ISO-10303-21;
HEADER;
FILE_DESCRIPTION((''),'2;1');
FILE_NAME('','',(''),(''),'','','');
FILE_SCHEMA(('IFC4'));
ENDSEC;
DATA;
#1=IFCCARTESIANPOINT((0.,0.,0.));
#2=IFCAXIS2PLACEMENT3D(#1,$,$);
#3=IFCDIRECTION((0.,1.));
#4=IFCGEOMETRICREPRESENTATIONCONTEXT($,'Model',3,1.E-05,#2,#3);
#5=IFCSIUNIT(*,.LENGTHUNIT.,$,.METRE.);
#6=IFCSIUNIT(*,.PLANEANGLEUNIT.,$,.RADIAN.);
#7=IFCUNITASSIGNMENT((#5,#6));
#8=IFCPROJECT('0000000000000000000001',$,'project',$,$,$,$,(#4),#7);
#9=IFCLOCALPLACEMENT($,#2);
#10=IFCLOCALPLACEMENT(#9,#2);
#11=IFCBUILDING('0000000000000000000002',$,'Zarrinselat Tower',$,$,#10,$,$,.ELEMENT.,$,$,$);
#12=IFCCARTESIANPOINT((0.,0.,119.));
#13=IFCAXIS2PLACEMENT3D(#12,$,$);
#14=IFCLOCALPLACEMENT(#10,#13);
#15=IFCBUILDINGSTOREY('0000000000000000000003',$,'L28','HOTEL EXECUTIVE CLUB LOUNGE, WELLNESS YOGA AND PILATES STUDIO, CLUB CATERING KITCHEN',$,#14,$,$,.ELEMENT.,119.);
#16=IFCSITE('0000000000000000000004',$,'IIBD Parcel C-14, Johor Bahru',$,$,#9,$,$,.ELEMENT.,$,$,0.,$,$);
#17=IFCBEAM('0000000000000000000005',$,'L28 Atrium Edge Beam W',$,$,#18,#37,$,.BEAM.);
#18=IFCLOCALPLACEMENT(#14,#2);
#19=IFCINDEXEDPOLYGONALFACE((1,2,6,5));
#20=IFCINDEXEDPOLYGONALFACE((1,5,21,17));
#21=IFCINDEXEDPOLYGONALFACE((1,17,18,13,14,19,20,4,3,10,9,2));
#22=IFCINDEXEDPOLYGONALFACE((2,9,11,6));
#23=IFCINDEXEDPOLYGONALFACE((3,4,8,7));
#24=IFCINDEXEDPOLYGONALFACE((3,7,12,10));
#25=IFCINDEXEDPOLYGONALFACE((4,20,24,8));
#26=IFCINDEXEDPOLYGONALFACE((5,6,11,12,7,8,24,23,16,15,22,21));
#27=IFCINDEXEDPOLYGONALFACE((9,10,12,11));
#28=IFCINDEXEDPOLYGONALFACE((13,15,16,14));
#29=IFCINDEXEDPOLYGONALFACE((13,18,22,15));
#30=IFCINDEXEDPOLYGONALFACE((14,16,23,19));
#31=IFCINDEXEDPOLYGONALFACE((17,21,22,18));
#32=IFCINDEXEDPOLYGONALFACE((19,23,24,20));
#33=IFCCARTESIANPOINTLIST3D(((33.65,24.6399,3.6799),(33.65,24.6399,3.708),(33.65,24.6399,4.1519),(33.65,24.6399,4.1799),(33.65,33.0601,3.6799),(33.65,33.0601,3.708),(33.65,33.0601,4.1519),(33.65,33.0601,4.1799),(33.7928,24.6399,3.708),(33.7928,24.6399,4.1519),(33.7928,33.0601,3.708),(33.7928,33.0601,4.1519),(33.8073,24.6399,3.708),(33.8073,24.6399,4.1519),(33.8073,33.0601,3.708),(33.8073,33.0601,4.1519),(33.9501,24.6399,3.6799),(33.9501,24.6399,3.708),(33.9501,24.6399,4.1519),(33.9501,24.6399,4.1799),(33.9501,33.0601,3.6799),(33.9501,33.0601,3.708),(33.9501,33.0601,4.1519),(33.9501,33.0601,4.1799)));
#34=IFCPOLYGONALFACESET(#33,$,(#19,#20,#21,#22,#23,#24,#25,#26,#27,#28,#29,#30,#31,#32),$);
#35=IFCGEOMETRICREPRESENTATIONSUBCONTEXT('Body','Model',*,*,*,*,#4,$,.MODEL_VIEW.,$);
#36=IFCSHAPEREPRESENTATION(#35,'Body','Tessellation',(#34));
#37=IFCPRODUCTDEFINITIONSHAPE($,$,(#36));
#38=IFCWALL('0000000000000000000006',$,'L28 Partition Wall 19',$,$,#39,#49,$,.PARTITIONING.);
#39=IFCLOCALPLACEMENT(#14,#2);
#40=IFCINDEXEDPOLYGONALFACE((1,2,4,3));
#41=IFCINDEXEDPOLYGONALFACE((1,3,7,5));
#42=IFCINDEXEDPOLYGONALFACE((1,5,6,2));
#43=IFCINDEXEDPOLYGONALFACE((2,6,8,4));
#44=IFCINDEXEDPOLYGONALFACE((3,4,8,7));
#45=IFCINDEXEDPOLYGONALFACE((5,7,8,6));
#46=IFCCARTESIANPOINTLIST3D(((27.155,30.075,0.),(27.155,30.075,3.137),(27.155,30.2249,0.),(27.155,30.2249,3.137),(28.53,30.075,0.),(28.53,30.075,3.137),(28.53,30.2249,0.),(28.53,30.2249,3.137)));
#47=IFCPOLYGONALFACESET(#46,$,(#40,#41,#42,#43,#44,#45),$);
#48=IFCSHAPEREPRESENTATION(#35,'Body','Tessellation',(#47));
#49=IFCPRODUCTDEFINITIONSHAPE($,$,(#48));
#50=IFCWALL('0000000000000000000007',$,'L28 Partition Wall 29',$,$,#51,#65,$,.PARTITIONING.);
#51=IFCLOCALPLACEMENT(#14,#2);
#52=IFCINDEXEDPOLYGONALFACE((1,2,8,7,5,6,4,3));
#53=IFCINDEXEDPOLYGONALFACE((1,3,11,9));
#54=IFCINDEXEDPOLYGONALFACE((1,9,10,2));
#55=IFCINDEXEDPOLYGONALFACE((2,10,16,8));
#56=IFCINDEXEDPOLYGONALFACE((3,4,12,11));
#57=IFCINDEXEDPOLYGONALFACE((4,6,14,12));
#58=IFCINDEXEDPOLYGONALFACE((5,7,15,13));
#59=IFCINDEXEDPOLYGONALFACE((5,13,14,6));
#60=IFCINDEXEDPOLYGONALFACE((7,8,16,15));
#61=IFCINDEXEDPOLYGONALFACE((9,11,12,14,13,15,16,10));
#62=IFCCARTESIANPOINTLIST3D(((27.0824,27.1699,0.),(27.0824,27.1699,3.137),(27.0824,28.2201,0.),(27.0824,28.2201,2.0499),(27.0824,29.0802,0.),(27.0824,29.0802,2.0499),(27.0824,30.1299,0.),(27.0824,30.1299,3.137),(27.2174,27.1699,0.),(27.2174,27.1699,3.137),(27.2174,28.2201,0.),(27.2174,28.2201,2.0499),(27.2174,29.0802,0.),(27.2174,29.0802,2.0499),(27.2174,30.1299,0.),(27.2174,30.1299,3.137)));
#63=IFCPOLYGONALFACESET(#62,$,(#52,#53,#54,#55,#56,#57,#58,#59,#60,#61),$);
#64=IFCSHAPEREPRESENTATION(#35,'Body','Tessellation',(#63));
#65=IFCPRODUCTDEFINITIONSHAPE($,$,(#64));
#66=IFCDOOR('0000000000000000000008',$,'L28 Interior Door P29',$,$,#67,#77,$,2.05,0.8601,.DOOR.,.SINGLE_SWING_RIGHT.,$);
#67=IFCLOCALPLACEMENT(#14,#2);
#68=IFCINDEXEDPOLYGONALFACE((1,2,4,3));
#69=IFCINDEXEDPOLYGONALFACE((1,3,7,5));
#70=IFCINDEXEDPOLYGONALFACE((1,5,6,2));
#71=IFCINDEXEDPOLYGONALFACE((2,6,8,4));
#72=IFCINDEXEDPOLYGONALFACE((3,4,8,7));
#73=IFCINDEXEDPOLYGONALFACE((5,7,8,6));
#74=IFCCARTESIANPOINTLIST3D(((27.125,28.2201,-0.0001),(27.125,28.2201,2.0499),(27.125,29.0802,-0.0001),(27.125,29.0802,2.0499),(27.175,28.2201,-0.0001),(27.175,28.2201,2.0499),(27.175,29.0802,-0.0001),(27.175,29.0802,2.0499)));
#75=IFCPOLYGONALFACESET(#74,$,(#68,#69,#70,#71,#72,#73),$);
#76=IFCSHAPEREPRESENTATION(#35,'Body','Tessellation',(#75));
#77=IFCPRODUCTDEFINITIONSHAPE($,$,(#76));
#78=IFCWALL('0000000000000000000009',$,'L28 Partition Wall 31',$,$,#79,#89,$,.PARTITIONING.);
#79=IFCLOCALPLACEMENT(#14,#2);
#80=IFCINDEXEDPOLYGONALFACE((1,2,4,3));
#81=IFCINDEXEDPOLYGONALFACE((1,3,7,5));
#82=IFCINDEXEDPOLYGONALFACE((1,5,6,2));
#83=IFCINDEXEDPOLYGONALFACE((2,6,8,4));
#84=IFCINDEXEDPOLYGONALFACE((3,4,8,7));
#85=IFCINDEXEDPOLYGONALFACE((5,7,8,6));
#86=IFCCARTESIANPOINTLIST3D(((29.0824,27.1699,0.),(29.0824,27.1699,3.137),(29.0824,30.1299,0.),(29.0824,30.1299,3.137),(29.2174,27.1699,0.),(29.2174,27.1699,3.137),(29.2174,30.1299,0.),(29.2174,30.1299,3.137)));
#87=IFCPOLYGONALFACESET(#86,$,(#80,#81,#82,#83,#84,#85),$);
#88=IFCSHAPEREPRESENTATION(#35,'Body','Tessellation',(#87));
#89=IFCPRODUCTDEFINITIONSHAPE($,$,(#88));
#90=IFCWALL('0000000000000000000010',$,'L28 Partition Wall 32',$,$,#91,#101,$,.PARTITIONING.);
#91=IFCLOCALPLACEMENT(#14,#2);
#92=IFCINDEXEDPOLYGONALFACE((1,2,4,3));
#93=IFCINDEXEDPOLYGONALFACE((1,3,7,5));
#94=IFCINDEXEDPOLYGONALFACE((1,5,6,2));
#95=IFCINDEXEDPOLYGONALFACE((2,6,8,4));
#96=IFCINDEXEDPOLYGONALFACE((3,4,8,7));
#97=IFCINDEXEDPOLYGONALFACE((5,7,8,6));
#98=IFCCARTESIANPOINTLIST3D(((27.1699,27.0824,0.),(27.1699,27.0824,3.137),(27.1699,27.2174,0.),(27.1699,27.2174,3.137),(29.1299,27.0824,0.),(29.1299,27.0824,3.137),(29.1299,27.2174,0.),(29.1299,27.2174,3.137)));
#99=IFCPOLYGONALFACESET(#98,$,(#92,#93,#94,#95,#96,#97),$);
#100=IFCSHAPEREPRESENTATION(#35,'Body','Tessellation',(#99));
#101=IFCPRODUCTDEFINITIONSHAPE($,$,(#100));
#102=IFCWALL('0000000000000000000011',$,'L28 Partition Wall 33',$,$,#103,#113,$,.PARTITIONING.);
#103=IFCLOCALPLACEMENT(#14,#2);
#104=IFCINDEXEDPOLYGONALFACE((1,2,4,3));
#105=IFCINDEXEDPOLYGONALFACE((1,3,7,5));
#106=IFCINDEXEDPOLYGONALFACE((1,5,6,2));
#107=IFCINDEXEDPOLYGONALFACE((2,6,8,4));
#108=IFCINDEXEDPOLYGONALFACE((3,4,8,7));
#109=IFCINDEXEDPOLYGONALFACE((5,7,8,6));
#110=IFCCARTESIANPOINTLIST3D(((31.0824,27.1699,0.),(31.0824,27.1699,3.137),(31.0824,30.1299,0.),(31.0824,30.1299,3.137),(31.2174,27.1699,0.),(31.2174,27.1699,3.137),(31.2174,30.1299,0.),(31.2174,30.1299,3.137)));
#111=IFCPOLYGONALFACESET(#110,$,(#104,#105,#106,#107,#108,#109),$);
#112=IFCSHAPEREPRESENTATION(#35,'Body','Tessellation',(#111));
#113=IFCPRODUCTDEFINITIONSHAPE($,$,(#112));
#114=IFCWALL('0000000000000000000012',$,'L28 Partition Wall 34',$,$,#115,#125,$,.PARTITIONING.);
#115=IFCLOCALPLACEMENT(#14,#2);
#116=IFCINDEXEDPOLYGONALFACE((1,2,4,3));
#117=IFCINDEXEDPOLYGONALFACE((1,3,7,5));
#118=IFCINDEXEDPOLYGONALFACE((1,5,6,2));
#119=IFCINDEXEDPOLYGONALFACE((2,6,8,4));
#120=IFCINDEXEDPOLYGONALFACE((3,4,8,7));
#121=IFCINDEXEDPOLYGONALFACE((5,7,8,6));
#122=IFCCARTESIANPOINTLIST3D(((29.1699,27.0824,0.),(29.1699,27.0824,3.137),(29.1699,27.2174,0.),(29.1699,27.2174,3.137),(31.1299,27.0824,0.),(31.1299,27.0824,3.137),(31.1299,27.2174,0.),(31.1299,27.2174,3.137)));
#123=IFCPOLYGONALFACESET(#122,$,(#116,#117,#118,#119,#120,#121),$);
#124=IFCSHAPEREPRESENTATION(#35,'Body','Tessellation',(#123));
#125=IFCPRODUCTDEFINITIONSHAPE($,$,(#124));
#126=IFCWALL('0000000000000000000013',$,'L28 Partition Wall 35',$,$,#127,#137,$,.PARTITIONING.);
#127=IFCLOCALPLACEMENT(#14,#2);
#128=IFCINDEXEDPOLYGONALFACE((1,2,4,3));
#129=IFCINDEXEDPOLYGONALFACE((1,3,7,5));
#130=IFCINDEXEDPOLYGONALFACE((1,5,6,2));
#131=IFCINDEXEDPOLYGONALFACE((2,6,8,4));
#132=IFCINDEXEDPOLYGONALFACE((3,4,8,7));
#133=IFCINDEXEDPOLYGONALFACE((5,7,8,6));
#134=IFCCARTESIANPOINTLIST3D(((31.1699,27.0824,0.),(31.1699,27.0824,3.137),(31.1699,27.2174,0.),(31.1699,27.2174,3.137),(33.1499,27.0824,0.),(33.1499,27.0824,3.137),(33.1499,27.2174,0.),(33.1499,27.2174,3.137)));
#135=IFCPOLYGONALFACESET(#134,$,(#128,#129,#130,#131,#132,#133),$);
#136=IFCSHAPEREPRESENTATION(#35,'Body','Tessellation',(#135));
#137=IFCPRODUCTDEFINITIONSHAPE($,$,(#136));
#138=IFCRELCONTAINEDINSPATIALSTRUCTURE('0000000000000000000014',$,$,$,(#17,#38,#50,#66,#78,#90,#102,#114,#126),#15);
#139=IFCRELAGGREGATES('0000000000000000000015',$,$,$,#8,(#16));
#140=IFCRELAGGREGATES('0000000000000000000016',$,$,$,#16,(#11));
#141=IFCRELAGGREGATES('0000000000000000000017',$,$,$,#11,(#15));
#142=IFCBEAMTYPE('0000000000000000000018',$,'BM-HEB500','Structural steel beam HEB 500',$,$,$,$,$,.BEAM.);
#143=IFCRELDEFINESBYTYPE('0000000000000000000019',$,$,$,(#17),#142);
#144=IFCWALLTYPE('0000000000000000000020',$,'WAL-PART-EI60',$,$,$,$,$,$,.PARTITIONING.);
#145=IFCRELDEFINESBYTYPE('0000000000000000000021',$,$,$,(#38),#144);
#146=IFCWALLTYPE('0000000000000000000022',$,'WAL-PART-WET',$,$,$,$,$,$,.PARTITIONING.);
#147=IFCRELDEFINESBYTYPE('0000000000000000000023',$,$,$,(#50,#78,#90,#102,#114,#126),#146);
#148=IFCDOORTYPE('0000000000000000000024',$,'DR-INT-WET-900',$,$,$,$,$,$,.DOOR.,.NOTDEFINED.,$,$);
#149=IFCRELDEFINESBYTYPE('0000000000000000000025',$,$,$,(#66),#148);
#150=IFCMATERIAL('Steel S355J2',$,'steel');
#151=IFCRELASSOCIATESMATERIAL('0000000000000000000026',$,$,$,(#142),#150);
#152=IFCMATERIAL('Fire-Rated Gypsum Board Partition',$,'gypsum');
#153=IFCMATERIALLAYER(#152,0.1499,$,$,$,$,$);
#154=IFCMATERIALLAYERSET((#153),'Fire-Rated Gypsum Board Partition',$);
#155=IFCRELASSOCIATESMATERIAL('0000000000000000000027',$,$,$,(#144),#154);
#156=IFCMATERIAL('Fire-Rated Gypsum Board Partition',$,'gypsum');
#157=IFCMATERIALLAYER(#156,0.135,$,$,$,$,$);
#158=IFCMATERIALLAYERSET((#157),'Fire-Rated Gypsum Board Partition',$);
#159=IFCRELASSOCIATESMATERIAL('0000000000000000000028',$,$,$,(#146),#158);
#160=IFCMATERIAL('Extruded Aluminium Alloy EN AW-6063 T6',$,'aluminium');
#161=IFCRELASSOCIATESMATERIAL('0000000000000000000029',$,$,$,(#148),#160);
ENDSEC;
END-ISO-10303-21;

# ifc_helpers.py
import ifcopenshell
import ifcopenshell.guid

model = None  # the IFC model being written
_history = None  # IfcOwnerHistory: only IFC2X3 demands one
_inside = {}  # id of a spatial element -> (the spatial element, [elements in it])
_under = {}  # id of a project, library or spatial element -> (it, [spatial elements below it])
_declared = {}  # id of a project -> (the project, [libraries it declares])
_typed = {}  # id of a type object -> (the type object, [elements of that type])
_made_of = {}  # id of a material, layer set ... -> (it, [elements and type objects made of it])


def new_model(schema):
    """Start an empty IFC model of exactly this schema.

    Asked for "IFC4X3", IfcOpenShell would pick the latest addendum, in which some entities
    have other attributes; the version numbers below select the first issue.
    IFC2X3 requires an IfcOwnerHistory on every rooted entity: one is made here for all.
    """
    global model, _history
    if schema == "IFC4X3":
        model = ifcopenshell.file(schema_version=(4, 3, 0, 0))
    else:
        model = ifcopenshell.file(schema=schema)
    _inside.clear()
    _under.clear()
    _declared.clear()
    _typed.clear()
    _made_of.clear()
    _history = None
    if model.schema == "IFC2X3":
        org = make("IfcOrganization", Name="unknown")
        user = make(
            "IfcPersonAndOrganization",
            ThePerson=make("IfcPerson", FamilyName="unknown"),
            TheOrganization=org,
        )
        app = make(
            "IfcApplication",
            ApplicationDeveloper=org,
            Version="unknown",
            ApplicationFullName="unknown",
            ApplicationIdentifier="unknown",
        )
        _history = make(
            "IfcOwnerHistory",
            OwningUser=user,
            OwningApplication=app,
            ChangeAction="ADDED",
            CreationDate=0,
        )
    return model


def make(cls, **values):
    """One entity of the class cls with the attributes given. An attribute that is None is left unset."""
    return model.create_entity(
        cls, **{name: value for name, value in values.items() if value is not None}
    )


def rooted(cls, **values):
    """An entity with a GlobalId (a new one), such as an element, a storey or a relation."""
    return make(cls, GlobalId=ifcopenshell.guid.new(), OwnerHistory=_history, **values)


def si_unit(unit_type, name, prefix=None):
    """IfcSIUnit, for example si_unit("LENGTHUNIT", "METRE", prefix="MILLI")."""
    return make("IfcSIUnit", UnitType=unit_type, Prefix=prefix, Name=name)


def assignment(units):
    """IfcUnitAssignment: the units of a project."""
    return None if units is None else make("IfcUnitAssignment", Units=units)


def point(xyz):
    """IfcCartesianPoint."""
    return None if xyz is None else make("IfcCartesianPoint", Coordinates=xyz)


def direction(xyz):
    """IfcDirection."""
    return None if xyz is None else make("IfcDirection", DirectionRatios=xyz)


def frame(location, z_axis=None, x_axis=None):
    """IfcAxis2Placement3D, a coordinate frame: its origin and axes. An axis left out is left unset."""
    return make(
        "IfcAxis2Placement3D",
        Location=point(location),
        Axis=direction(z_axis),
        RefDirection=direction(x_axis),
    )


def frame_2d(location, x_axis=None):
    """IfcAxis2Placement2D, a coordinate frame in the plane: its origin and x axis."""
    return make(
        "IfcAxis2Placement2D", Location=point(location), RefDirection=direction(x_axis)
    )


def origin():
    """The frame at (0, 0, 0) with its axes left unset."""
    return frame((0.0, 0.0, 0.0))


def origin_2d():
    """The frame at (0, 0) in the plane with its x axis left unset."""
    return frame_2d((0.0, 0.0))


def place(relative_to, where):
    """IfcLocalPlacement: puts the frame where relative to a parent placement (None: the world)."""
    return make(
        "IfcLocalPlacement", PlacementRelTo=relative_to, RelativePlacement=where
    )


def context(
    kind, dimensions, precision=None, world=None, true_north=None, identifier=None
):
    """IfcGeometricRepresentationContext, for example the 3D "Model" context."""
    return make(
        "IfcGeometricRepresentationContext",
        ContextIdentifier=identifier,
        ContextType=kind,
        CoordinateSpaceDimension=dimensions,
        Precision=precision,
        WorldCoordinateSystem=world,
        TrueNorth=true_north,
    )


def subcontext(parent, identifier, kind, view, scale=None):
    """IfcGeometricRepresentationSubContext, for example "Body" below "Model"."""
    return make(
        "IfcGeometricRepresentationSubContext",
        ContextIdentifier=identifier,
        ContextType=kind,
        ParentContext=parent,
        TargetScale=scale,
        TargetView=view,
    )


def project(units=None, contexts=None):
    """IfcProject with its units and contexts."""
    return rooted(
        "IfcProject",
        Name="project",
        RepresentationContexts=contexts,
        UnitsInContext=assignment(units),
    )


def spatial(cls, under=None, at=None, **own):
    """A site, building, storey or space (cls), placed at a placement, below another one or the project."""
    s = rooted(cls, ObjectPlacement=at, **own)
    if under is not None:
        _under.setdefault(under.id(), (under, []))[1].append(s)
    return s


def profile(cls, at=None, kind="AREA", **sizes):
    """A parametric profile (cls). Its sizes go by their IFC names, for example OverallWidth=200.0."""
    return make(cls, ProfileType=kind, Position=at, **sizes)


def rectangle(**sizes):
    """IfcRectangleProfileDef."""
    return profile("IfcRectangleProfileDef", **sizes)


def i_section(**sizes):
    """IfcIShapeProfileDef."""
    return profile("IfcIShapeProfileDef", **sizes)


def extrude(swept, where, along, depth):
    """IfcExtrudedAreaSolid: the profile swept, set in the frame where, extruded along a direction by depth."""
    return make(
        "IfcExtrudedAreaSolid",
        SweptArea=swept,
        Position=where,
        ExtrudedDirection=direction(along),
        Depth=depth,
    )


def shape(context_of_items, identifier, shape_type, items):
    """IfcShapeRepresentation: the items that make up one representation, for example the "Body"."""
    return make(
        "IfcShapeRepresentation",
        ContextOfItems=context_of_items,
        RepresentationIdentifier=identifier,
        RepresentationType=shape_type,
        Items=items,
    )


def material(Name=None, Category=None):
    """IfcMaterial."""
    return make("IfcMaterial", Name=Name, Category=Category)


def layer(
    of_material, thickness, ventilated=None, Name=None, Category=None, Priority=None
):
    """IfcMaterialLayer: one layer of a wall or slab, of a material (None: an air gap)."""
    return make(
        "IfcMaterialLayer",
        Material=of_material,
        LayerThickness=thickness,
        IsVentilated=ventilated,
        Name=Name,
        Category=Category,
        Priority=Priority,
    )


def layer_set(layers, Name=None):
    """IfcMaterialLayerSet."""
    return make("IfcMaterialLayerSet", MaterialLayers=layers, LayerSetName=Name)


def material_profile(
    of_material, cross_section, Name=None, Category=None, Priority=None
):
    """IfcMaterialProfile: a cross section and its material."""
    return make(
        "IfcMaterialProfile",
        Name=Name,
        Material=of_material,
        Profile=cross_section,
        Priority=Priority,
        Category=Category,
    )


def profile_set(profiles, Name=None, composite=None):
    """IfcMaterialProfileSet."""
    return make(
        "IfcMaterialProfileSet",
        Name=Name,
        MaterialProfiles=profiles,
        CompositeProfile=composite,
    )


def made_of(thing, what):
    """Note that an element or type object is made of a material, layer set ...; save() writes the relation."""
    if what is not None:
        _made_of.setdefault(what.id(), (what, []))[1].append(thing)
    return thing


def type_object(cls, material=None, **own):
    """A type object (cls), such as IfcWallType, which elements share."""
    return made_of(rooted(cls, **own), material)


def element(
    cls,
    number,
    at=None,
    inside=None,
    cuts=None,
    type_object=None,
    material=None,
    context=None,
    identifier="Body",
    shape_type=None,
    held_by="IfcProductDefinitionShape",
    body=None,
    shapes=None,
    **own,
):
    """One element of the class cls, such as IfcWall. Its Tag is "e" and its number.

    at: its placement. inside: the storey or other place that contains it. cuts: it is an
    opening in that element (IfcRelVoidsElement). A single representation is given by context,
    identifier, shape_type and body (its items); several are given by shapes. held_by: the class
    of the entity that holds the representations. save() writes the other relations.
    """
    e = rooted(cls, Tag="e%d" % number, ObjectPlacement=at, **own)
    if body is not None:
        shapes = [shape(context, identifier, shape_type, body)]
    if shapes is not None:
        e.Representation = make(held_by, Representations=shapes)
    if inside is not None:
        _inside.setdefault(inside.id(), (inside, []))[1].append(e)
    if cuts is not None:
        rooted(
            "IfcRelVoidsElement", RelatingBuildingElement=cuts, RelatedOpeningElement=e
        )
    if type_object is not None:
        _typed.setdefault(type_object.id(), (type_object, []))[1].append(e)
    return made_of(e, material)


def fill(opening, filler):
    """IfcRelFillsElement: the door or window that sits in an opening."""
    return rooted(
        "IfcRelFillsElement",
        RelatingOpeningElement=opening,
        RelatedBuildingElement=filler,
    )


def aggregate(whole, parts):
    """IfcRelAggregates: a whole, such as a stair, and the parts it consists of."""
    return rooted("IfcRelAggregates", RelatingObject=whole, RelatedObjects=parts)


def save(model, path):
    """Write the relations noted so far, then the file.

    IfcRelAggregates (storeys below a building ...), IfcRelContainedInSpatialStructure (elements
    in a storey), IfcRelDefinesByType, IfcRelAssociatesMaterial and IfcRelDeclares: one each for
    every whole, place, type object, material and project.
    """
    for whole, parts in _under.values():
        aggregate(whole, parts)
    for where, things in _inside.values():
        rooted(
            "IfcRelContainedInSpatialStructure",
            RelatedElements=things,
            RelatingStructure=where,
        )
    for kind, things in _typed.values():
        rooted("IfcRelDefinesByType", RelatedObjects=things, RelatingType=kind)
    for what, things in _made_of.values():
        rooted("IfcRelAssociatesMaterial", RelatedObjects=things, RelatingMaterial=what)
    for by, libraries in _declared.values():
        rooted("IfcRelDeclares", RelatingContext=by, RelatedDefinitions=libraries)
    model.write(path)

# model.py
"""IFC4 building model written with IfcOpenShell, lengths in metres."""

from ifc_helpers import new_model, si_unit, direction, frame, frame_2d, origin, origin_2d, place, context, subcontext, project, spatial, rectangle, i_section, extrude, material, layer, layer_set, material_profile, profile_set, type_object, element, fill, save


model = new_model("IFC4")

# Units and contexts
model_context = context("Model", 3, precision=1e-05, world=origin(), true_north=direction((0.0, 1.0)))
body_context = subcontext(model_context, "Body", "Model", "MODEL_VIEW")
ifc_project = project(units=[si_unit("LENGTHUNIT", "METRE"), si_unit("PLANEANGLEUNIT", "RADIAN")], contexts=[model_context])

# Site, building, storey
site_placement = place(None, origin())
site = spatial("IfcSite", under=ifc_project, at=site_placement, Name="IIBD Parcel C-14, Johor Bahru", CompositionType="ELEMENT", RefElevation=0.0)
building_placement = place(site_placement, origin())
building = spatial("IfcBuilding", under=site, at=building_placement, Name="Zarrinselat Tower", CompositionType="ELEMENT")
storey_placement = place(building_placement, frame((0.0, 0.0, 119.0)))
storey = spatial("IfcBuildingStorey", under=building, at=storey_placement, Name="L28", Description="HOTEL EXECUTIVE CLUB LOUNGE, WELLNESS YOGA AND PILATES STUDIO, CLUB CATERING KITCHEN", CompositionType="ELEMENT", Elevation=119.0)

# Beam
ifc_material_1 = material(Name="Steel S355J2", Category="steel")
ifc_material_profile = material_profile(ifc_material_1, i_section(OverallWidth=0.3, OverallDepth=0.5, WebThickness=0.0144, FlangeThickness=0.0281, at=origin_2d()), Name="HEB 500")
ifc_profile_set = profile_set([ifc_material_profile], Name="Steel S355J2")
beam_type = type_object("IfcBeamType", Name="BM-HEB500", Description="Structural steel beam HEB 500", PredefinedType="BEAM", material=ifc_profile_set)
beam_placement = place(storey_placement, frame((33.8, 24.6399, 3.9299), z_axis=(0.0, 1.0, 0.0), x_axis=(-1.0, 0.0, 0.0)))
element("IfcBeam", 1, at=beam_placement, inside=storey, type_object=beam_type, Name="L28 Atrium Edge Beam W", PredefinedType="BEAM", context=body_context, shape_type="SweptSolid", body=[
    extrude(i_section(OverallWidth=0.3, OverallDepth=0.5, WebThickness=0.0144, FlangeThickness=0.0281, at=origin_2d()), origin(), (0.0, 0.0, 1.0), 8.4202),
])

# Wall
ifc_material_2 = material(Name="Fire-Rated Gypsum Board Partition", Category="gypsum")
ifc_layer_1 = layer(ifc_material_2, 0.1499)
ifc_layer_set_1 = layer_set([ifc_layer_1], Name="Fire-Rated Gypsum Board Partition")
wall_type_1 = type_object("IfcWallType", Name="WAL-PART-EI60", PredefinedType="PARTITIONING", material=ifc_layer_set_1)
wall_1_placement = place(storey_placement, frame((27.155, 30.1499, 0.0), z_axis=(0.0, 0.0, 1.0), x_axis=(1.0, 0.0, 0.0)))
element("IfcWall", 2, at=wall_1_placement, inside=storey, type_object=wall_type_1, Name="L28 Partition Wall 19", PredefinedType="PARTITIONING", context=body_context, shape_type="SweptSolid", body=[
    extrude(rectangle(XDim=1.375, YDim=0.1499, at=frame_2d((0.6875, 0.0))), origin(), (0.0, 0.0, 1.0), 3.137),
])

# Wall, opening, door
ifc_material_3 = material(Name="Fire-Rated Gypsum Board Partition", Category="gypsum")
ifc_layer_2 = layer(ifc_material_3, 0.135)
ifc_layer_set_2 = layer_set([ifc_layer_2], Name="Fire-Rated Gypsum Board Partition")
wall_type_2 = type_object("IfcWallType", Name="WAL-PART-WET", PredefinedType="PARTITIONING", material=ifc_layer_set_2)
wall_2_placement = place(storey_placement, frame((27.1499, 27.1699, 0.0), z_axis=(0.0, 0.0, 1.0), x_axis=(0.0, 1.0, 0.0)))
wall_2 = element("IfcWall", 3, at=wall_2_placement, inside=storey, type_object=wall_type_2, Name="L28 Partition Wall 29", PredefinedType="PARTITIONING", context=body_context, shape_type="SweptSolid", body=[
    extrude(rectangle(XDim=2.96, YDim=0.135, at=frame_2d((1.48, 0.0))), origin(), (0.0, 0.0, 1.0), 3.137),
])
opening_placement = place(wall_2_placement, frame((1.05, 0.0, 0.0)))
opening = element("IfcOpeningElement", 4, at=opening_placement, cuts=wall_2, PredefinedType="OPENING", context=body_context, shape_type="SweptSolid", body=[
    extrude(rectangle(XDim=0.8601, YDim=2.05, at=frame_2d((0.4302, 1.0249))), frame((0.0, 0.0774, 0.0), z_axis=(0.0, -1.0, 0.0), x_axis=(1.0, 0.0, 0.0)), (0.0, 0.0, 1.0), 0.155),
])
ifc_material_4 = material(Name="Extruded Aluminium Alloy EN AW-6063 T6", Category="aluminium")
door_type = type_object("IfcDoorType", Name="DR-INT-WET-900", OperationType="NOTDEFINED", PredefinedType="DOOR", material=ifc_material_4)
door_placement = place(opening_placement, origin())
door = element("IfcDoor", 5, at=door_placement, inside=storey, type_object=door_type, Name="L28 Interior Door P29", OperationType="SINGLE_SWING_RIGHT", OverallHeight=2.05, OverallWidth=0.8601, PredefinedType="DOOR", context=body_context, shape_type="SweptSolid", body=[
    extrude(rectangle(XDim=0.8601, YDim=2.05, at=frame_2d((0.4302, 1.0249))), frame((0.0, 0.0249, 0.0), z_axis=(0.0, -1.0, 0.0), x_axis=(1.0, 0.0, 0.0)), (0.0, 0.0, 1.0), 0.05),
])
fill(opening, door)

# Walls
wall_3_placement = place(storey_placement, frame((29.1499, 27.1699, 0.0), z_axis=(0.0, 0.0, 1.0), x_axis=(0.0, 1.0, 0.0)))
element("IfcWall", 6, at=wall_3_placement, inside=storey, type_object=wall_type_2, Name="L28 Partition Wall 31", PredefinedType="PARTITIONING", context=body_context, shape_type="SweptSolid", body=[
    extrude(rectangle(XDim=2.96, YDim=0.135, at=frame_2d((1.48, 0.0))), origin(), (0.0, 0.0, 1.0), 3.137),
])
wall_4_placement = place(storey_placement, frame((27.1699, 27.1499, 0.0), z_axis=(0.0, 0.0, 1.0), x_axis=(1.0, 0.0, 0.0)))
element("IfcWall", 7, at=wall_4_placement, inside=storey, type_object=wall_type_2, Name="L28 Partition Wall 32", PredefinedType="PARTITIONING", context=body_context, shape_type="SweptSolid", body=[
    extrude(rectangle(XDim=1.96, YDim=0.135, at=frame_2d((0.98, 0.0))), origin(), (0.0, 0.0, 1.0), 3.137),
])
wall_5_placement = place(storey_placement, frame((31.1499, 27.1699, 0.0), z_axis=(0.0, 0.0, 1.0), x_axis=(0.0, 1.0, 0.0)))
element("IfcWall", 8, at=wall_5_placement, inside=storey, type_object=wall_type_2, Name="L28 Partition Wall 33", PredefinedType="PARTITIONING", context=body_context, shape_type="SweptSolid", body=[
    extrude(rectangle(XDim=2.96, YDim=0.135, at=frame_2d((1.48, 0.0))), origin(), (0.0, 0.0, 1.0), 3.137),
])
wall_6_placement = place(storey_placement, frame((29.1699, 27.1499, 0.0), z_axis=(0.0, 0.0, 1.0), x_axis=(1.0, 0.0, 0.0)))
element("IfcWall", 9, at=wall_6_placement, inside=storey, type_object=wall_type_2, Name="L28 Partition Wall 34", PredefinedType="PARTITIONING", context=body_context, shape_type="SweptSolid", body=[
    extrude(rectangle(XDim=1.96, YDim=0.135, at=frame_2d((0.98, 0.0))), origin(), (0.0, 0.0, 1.0), 3.137),
])
wall_7_placement = place(storey_placement, frame((31.1699, 27.1499, 0.0), z_axis=(0.0, 0.0, 1.0), x_axis=(1.0, 0.0, 0.0)))
element("IfcWall", 10, at=wall_7_placement, inside=storey, type_object=wall_type_2, Name="L28 Partition Wall 35", PredefinedType="PARTITIONING", context=body_context, shape_type="SweptSolid", body=[
    extrude(rectangle(XDim=1.98, YDim=0.135, at=frame_2d((0.99, 0.0))), origin(), (0.0, 0.0, 1.0), 3.137),
])

save(model, "model.ifc")
